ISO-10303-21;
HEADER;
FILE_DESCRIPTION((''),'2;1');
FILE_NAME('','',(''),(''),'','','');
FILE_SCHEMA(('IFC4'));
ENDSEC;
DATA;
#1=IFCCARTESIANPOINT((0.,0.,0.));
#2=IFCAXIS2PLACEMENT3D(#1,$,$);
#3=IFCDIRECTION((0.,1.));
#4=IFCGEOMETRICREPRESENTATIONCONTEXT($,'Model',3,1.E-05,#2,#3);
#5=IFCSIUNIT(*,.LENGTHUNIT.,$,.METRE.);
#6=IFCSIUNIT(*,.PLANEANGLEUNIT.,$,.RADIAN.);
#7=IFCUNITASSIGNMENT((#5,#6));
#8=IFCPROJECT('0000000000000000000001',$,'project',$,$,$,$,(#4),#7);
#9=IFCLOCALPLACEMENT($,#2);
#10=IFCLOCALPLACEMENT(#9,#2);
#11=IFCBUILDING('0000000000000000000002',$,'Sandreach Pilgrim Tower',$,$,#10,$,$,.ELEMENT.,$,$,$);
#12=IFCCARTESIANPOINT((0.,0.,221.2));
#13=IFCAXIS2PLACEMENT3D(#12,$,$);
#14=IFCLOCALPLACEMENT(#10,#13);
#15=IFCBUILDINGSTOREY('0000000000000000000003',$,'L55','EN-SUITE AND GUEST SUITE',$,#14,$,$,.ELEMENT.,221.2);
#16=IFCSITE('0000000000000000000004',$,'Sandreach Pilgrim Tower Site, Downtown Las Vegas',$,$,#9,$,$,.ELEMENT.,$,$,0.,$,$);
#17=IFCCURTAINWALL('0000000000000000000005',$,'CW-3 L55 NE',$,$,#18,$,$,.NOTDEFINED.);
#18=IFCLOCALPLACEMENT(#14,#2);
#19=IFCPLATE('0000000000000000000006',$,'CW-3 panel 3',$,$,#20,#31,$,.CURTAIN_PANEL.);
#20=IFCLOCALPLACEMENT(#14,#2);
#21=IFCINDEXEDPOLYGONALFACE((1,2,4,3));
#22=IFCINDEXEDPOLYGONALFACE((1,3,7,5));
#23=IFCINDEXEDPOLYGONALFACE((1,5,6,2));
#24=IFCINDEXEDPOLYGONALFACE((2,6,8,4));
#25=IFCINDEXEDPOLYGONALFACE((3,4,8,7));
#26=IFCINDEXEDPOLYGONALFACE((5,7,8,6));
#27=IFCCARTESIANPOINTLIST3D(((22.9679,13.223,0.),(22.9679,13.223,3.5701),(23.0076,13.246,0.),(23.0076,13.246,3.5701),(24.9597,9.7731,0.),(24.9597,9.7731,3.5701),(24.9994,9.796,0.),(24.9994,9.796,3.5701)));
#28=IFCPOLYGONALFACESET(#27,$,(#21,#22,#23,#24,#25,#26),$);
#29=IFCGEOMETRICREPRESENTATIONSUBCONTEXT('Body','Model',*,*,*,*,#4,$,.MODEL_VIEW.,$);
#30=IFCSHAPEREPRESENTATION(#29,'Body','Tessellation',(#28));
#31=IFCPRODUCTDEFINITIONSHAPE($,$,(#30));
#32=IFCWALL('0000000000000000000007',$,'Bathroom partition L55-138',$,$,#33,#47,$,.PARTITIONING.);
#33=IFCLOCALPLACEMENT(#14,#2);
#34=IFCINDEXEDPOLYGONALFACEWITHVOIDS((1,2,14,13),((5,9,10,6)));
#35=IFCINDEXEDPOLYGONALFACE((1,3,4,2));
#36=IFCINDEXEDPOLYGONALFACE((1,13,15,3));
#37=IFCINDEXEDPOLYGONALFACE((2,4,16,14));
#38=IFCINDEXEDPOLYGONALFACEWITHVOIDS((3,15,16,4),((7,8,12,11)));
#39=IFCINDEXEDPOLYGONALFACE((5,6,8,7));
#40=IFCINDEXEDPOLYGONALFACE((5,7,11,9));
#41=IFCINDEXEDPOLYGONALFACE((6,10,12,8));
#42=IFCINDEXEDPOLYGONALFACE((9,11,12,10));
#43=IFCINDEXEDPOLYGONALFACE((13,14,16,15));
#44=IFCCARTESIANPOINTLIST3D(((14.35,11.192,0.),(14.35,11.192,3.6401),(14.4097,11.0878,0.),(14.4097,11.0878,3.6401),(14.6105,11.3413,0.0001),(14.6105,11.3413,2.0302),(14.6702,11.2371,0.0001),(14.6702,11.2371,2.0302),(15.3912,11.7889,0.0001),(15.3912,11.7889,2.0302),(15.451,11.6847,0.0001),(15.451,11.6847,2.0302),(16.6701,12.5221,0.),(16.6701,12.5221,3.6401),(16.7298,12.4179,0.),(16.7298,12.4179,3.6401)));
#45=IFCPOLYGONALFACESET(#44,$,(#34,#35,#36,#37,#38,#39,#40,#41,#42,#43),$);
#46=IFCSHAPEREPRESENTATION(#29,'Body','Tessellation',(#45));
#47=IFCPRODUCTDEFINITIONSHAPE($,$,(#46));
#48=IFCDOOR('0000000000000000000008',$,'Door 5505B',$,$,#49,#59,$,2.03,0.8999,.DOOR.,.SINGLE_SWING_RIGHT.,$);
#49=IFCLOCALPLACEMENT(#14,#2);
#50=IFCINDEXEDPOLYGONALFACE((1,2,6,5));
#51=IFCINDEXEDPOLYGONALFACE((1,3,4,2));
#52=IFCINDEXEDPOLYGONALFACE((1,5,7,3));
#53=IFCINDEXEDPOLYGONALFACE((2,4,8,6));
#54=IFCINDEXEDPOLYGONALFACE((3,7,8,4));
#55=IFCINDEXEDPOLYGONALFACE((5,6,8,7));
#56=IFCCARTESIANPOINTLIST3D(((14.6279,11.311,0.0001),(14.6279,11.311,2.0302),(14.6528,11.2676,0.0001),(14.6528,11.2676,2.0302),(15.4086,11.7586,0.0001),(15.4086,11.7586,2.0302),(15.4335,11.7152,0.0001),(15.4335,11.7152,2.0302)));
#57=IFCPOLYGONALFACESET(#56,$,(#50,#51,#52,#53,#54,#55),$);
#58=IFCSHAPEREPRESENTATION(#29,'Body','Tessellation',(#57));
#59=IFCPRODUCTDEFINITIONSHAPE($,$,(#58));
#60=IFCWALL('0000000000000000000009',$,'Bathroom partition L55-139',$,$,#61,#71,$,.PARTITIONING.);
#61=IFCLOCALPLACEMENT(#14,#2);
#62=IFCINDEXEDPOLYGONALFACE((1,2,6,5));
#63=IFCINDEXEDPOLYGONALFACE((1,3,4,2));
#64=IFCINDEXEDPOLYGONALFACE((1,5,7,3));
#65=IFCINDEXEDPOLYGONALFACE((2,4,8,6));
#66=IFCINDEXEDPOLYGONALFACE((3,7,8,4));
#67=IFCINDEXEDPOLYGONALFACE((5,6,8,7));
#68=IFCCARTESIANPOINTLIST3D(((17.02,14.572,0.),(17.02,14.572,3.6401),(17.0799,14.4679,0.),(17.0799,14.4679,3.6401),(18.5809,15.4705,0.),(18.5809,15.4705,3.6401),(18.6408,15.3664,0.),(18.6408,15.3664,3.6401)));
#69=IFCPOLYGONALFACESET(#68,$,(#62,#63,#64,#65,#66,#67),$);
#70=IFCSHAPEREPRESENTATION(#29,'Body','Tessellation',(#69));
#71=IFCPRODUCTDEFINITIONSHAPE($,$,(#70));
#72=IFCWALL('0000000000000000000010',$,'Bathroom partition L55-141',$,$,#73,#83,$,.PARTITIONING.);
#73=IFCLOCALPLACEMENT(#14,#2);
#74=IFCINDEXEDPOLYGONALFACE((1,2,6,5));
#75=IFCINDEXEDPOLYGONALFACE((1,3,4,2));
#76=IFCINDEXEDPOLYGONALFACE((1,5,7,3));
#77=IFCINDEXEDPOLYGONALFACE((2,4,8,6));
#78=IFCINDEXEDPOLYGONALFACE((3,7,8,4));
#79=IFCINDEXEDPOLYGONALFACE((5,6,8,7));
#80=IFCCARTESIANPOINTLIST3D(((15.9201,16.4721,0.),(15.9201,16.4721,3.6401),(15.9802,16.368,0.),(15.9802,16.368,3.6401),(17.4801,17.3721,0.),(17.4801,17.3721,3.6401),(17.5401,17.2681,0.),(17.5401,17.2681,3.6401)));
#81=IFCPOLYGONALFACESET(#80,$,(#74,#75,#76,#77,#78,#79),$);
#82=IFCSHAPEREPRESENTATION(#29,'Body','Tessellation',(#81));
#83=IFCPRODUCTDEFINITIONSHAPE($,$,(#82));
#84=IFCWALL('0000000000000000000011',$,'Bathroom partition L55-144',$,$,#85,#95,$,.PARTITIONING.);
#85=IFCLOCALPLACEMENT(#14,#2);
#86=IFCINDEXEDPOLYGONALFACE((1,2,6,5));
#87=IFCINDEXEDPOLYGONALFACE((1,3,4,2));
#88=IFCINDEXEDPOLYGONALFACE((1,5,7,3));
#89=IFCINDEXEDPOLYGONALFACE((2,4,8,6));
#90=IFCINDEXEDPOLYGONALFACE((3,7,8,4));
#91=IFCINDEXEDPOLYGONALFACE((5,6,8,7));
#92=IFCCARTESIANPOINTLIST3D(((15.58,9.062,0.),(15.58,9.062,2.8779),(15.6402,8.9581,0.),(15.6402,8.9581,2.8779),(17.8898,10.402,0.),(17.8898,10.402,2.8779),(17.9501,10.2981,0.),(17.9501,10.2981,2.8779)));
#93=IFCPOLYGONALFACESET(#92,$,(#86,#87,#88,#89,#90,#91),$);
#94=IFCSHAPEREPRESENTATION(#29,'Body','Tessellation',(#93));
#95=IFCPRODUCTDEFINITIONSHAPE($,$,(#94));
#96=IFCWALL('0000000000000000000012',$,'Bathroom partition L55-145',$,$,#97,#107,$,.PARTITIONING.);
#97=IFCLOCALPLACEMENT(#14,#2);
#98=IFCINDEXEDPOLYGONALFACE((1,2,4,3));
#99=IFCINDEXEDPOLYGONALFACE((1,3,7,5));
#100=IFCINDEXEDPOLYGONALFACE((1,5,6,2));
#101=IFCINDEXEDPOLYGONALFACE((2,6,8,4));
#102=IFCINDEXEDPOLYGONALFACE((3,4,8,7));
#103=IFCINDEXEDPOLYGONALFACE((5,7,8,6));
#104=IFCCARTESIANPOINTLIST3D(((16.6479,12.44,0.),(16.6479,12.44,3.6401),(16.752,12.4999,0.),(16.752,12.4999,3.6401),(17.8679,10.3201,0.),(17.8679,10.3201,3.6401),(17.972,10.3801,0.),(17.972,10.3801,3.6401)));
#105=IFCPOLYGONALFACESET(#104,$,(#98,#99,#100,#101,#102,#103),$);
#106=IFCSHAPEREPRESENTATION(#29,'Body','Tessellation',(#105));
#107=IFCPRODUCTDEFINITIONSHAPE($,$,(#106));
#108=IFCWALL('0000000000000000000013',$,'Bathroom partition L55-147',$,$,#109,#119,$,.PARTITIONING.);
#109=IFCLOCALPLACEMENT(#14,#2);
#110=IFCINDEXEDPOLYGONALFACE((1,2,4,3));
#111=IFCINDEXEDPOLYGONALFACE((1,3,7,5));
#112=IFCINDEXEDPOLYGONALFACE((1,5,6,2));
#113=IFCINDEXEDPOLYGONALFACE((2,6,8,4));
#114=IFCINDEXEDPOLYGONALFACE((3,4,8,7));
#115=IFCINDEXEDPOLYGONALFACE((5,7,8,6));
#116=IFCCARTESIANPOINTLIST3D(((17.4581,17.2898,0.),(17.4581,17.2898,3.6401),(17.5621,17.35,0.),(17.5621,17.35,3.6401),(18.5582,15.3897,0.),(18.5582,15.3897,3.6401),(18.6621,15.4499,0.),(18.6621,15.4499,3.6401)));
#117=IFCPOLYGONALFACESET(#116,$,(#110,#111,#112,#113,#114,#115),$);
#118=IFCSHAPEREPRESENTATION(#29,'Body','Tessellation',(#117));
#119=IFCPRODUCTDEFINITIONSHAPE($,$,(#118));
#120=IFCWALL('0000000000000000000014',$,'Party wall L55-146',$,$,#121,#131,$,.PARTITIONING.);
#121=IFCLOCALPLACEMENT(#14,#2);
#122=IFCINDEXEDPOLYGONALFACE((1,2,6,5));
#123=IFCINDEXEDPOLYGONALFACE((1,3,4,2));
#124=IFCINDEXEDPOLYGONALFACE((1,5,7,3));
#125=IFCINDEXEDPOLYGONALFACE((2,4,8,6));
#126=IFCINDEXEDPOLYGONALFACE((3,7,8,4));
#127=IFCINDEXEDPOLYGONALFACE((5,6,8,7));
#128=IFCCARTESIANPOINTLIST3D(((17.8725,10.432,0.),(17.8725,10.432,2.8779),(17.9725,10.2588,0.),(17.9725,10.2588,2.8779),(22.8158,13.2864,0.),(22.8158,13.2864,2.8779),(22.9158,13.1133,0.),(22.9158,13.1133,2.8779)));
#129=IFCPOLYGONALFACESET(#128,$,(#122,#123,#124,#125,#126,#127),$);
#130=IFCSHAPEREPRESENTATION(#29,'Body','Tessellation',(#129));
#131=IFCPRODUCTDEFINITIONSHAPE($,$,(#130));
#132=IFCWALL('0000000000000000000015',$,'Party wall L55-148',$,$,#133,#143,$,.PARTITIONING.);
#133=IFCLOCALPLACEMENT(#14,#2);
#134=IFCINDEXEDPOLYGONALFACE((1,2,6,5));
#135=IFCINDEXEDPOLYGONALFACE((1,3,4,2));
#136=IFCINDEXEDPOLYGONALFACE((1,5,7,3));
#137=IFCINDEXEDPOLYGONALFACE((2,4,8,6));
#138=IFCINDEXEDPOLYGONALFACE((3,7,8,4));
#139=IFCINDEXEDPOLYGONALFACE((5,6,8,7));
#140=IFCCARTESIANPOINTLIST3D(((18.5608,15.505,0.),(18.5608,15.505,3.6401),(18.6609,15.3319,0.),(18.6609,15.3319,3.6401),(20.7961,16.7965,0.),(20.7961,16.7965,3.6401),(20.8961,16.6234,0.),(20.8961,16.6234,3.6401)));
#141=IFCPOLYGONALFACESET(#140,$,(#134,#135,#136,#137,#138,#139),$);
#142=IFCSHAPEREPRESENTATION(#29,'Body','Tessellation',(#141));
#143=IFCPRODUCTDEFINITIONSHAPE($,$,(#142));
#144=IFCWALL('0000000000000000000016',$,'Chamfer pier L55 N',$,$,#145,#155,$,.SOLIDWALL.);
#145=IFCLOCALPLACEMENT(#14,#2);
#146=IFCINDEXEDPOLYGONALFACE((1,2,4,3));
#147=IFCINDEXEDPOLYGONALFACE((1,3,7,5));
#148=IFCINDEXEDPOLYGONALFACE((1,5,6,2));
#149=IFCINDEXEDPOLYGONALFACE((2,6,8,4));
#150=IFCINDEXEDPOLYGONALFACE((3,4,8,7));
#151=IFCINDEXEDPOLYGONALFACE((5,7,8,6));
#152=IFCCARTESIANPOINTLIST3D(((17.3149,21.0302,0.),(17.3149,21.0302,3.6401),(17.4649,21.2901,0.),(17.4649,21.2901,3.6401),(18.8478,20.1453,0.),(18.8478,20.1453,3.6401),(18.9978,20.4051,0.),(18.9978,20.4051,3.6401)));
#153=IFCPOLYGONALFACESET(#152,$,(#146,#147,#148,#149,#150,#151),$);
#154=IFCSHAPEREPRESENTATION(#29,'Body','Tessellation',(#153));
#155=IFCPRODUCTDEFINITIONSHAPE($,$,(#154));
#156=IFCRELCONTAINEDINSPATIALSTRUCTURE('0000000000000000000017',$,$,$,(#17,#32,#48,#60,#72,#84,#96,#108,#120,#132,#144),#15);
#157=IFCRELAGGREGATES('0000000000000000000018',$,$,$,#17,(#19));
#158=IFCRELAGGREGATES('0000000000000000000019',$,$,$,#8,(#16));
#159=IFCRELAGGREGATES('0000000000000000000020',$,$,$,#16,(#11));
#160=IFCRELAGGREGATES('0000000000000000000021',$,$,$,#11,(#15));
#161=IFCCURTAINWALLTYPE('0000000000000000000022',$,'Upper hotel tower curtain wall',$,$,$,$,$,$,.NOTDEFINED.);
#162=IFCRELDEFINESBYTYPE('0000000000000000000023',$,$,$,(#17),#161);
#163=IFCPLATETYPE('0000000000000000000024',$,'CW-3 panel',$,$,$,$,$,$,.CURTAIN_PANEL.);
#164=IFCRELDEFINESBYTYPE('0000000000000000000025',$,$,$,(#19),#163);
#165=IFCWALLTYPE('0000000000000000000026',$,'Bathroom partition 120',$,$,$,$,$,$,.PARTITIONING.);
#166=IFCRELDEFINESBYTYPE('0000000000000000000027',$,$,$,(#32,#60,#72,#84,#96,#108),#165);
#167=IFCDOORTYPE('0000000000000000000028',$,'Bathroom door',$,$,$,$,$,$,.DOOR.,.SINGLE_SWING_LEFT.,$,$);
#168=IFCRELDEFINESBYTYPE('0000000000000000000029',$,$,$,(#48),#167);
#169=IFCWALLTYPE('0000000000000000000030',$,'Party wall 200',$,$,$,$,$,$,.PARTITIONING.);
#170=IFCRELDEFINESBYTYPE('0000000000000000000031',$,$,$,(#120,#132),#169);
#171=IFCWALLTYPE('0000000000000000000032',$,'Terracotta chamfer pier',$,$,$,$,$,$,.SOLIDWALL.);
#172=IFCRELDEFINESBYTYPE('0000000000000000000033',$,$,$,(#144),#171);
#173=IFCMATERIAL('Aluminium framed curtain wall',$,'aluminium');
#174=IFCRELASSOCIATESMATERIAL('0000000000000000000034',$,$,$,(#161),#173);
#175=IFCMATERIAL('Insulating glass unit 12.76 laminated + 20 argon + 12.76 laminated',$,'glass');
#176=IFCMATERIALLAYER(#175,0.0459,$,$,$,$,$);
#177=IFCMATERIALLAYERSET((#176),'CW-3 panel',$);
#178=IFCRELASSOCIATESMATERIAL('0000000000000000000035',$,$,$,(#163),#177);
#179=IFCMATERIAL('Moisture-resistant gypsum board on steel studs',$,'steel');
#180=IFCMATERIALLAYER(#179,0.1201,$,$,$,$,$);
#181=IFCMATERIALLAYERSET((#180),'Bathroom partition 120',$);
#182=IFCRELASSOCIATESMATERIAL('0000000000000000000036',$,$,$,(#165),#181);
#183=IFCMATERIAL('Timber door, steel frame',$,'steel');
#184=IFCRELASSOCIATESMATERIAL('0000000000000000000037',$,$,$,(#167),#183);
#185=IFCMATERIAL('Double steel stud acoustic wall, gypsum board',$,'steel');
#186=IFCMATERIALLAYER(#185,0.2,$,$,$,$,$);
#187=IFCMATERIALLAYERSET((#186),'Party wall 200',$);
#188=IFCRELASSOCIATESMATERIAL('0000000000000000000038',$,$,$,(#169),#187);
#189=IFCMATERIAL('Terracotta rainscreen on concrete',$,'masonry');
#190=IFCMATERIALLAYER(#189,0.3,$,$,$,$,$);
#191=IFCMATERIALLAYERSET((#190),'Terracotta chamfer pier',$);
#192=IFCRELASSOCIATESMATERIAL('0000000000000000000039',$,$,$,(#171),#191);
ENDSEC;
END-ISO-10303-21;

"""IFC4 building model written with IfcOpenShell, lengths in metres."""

from ifc_helpers import new_model, si_unit, direction, frame, frame_2d, origin, origin_2d, place, context, subcontext, project, spatial, rectangle, extrude, material, layer, layer_set, type_object, element, fill, aggregate, save


model = new_model("IFC4")

# Units and contexts
model_context = context("Model", 3, precision=1e-05, world=origin(), true_north=direction((0.0, 1.0)))
body_context = subcontext(model_context, "Body", "Model", "MODEL_VIEW")
ifc_project = project(units=[si_unit("LENGTHUNIT", "METRE"), si_unit("PLANEANGLEUNIT", "RADIAN")], contexts=[model_context])

# Site, building, storey
site_placement = place(None, origin())
site = spatial("IfcSite", under=ifc_project, at=site_placement, Name="Sandreach Pilgrim Tower Site, Downtown Las Vegas", CompositionType="ELEMENT", RefElevation=0.0)
building_placement = place(site_placement, origin())
building = spatial("IfcBuilding", under=site, at=building_placement, Name="Sandreach Pilgrim Tower", CompositionType="ELEMENT")
storey_placement = place(building_placement, frame((0.0, 0.0, 221.2)))
storey = spatial("IfcBuildingStorey", under=building, at=storey_placement, Name="L55", Description="EN-SUITE AND GUEST SUITE", CompositionType="ELEMENT", Elevation=221.2)

# Shared definitions
ifc_material_1 = material(Name="Aluminium framed curtain wall", Category="aluminium")
curtain_wall_type = type_object("IfcCurtainWallType", Name="Upper hotel tower curtain wall", PredefinedType="NOTDEFINED", material=ifc_material_1)

# Curtain wall
curtain_wall_1_placement = place(storey_placement, origin())
curtain_wall_1 = element("IfcCurtainWall", 1, at=curtain_wall_1_placement, inside=storey, type_object=curtain_wall_type, Name="CW-3 L55 NE", PredefinedType="NOTDEFINED")

# Plate
ifc_material_2 = material(Name="Insulating glass unit 12.76 laminated + 20 argon + 12.76 laminated", Category="glass")
ifc_layer_1 = layer(ifc_material_2, 0.0459)
ifc_layer_set_1 = layer_set([ifc_layer_1], Name="CW-3 panel")
plate_type = type_object("IfcPlateType", Name="CW-3 panel", PredefinedType="CURTAIN_PANEL", material=ifc_layer_set_1)
plate_1_placement = place(storey_placement, frame((23.9836, 11.5095, 0.0), z_axis=(0.0, 0.0, 1.0), x_axis=(0.5, -0.866025, 0.0)))
plate_1 = element("IfcPlate", 2, at=plate_1_placement, type_object=plate_type, Name="CW-3 panel 3", PredefinedType="CURTAIN_PANEL", context=body_context, shape_type="SweptSolid", body=[
    extrude(rectangle(XDim=3.9836, YDim=0.0459, at=origin_2d()), origin(), (0.0, 0.0, 1.0), 3.5701),
])
aggregate(curtain_wall_1, [plate_1])

# Wall, opening, door
ifc_material_3 = material(Name="Moisture-resistant gypsum board on steel studs", Category="steel")
ifc_layer_2 = layer(ifc_material_3, 0.1201)
ifc_layer_set_2 = layer_set([ifc_layer_2], Name="Bathroom partition 120")
wall_type_1 = type_object("IfcWallType", Name="Bathroom partition 120", PredefinedType="PARTITIONING", material=ifc_layer_set_2)
wall_1_placement = place(storey_placement, frame((16.7, 12.47, 0.0), z_axis=(0.0, 0.0, 1.0), x_axis=(-0.867546, -0.497358, 0.0)))
wall_1 = element("IfcWall", 3, at=wall_1_placement, inside=storey, type_object=wall_type_1, Name="Bathroom partition L55-138", PredefinedType="PARTITIONING", context=body_context, shape_type="SweptSolid", body=[
    extrude(rectangle(XDim=2.6743, YDim=0.1201, at=frame_2d((1.3372, 0.0))), origin(), (0.0, 0.0, 1.0), 3.6401),
])
opening_placement = place(wall_1_placement, frame((1.4741, 0.0, 0.0)))
opening = element("IfcOpeningElement", 4, at=opening_placement, cuts=wall_1, PredefinedType="OPENING", context=body_context, shape_type="SweptSolid", body=[
    extrude(rectangle(XDim=0.8999, YDim=2.03, at=frame_2d((0.45, 1.0151))), frame((0.0, 0.0601, 0.0), z_axis=(0.0, -1.0, 0.0), x_axis=(1.0, 0.0, 0.0)), (0.0, 0.0, 1.0), 0.1201),
])
ifc_material_4 = material(Name="Timber door, steel frame", Category="steel")
door_type = type_object("IfcDoorType", Name="Bathroom door", OperationType="SINGLE_SWING_LEFT", PredefinedType="DOOR", material=ifc_material_4)
door_placement = place(opening_placement, origin())
door = element("IfcDoor", 5, at=door_placement, inside=storey, type_object=door_type, Name="Door 5505B", OperationType="SINGLE_SWING_RIGHT", OverallHeight=2.03, OverallWidth=0.8999, PredefinedType="DOOR", context=body_context, shape_type="SweptSolid", body=[
    extrude(rectangle(XDim=0.8999, YDim=2.03, at=frame_2d((0.45, 1.0151))), frame((0.0, 0.0249, 0.0), z_axis=(0.0, -1.0, 0.0), x_axis=(1.0, 0.0, 0.0)), (0.0, 0.0, 1.0), 0.05),
])
fill(opening, door)

# Walls
for number, where, z_axis, x_axis, name in (
    (6, (17.05, 14.52, 0.0), (0.0, 0.0, 1.0), (0.86667, 0.498881, 0.0), "Bathroom partition L55-139"),
    (7, (17.51, 17.3201, 0.0), (0.0, 0.0, 1.0), (-0.866159, -0.499769, 0.0), "Bathroom partition L55-141"),
):
    element("IfcWall", number, at=place(storey_placement, frame(where, z_axis=z_axis, x_axis=x_axis)), inside=storey, type_object=wall_type_1, Name=name, PredefinedType="PARTITIONING", context=body_context, shape_type="SweptSolid", body=[
        extrude(rectangle(XDim=1.801, YDim=0.1201, at=frame_2d((0.9004, 0.0))), origin(), (0.0, 0.0, 1.0), 3.6401),
    ])
wall_2_placement = place(storey_placement, frame((17.9199, 10.3501, 0.0), z_axis=(0.0, 0.0, 1.0), x_axis=(-0.864967, -0.501829, 0.0)))
element("IfcWall", 8, at=wall_2_placement, inside=storey, type_object=wall_type_1, Name="Bathroom partition L55-144", PredefinedType="PARTITIONING", context=body_context, shape_type="SweptSolid", body=[
    extrude(rectangle(XDim=2.6704, YDim=0.1201, at=frame_2d((1.3352, 0.0))), origin(), (0.0, 0.0, 1.0), 2.8779),
])
wall_3_placement = place(storey_placement, frame((17.9199, 10.3501, 0.0), z_axis=(0.0, 0.0, 1.0), x_axis=(-0.498792, 0.866722, 0.0)))
element("IfcWall", 9, at=wall_3_placement, inside=storey, type_object=wall_type_1, Name="Bathroom partition L55-145", PredefinedType="PARTITIONING", context=body_context, shape_type="SweptSolid", body=[
    extrude(rectangle(XDim=2.4458, YDim=0.1201, at=frame_2d((1.2229, 0.0))), origin(), (0.0, 0.0, 1.0), 3.6401),
])
wall_4_placement = place(storey_placement, frame((18.6101, 15.4199, 0.0), z_axis=(0.0, 0.0, 1.0), x_axis=(-0.501041, 0.865424, 0.0)))
element("IfcWall", 10, at=wall_4_placement, inside=storey, type_object=wall_type_1, Name="Bathroom partition L55-147", PredefinedType="PARTITIONING", context=body_context, shape_type="SweptSolid", body=[
    extrude(rectangle(XDim=2.1956, YDim=0.1201, at=frame_2d((1.0977, 0.0))), origin(), (0.0, 0.0, 1.0), 3.6401),
])
ifc_material_5 = material(Name="Double steel stud acoustic wall, gypsum board", Category="steel")
ifc_layer_3 = layer(ifc_material_5, 0.2)
ifc_layer_set_3 = layer_set([ifc_layer_3], Name="Party wall 200")
wall_type_2 = type_object("IfcWallType", Name="Party wall 200", PredefinedType="PARTITIONING", material=ifc_layer_set_3)
wall_5_placement = place(storey_placement, frame((17.9226, 10.3455, 0.0), z_axis=(0.0, 0.0, 1.0), x_axis=(0.865992, 0.500058, 0.0)))
element("IfcWall", 11, at=wall_5_placement, inside=storey, type_object=wall_type_2, Name="Party wall L55-146", PredefinedType="PARTITIONING", context=body_context, shape_type="SweptSolid", body=[
    extrude(rectangle(XDim=5.7083, YDim=0.2, at=frame_2d((2.854, 0.0))), origin(), (0.0, 0.0, 1.0), 2.8779),
])
wall_6_placement = place(storey_placement, frame((18.6108, 15.4185, 0.0), z_axis=(0.0, 0.0, 1.0), x_axis=(0.865871, 0.500268, 0.0)))
element("IfcWall", 12, at=wall_6_placement, inside=storey, type_object=wall_type_2, Name="Party wall L55-148", PredefinedType="PARTITIONING", context=body_context, shape_type="SweptSolid", body=[
    extrude(rectangle(XDim=2.5815, YDim=0.2, at=frame_2d((1.2908, 0.0))), origin(), (0.0, 0.0, 1.0), 3.6401),
])
ifc_material_6 = material(Name="Terracotta rainscreen on concrete", Category="masonry")
ifc_layer_4 = layer(ifc_material_6, 0.3)
ifc_layer_set_4 = layer_set([ifc_layer_4], Name="Terracotta chamfer pier")
wall_type_3 = type_object("IfcWallType", Name="Terracotta chamfer pier", PredefinedType="SOLIDWALL", material=ifc_layer_set_4)
wall_7_placement = place(storey_placement, frame((17.3899, 21.1602, 0.0), z_axis=(0.0, 0.0, 1.0), x_axis=(0.866036, -0.499981, 0.0)))
element("IfcWall", 13, at=wall_7_placement, inside=storey, type_object=wall_type_3, Name="Chamfer pier L55 N", PredefinedType="SOLIDWALL", context=body_context, shape_type="SweptSolid", body=[
    extrude(rectangle(XDim=1.77, YDim=0.3, at=frame_2d((0.885, 0.0))), origin(), (0.0, 0.0, 1.0), 3.6401),
])

save(model, "model.ifc")
